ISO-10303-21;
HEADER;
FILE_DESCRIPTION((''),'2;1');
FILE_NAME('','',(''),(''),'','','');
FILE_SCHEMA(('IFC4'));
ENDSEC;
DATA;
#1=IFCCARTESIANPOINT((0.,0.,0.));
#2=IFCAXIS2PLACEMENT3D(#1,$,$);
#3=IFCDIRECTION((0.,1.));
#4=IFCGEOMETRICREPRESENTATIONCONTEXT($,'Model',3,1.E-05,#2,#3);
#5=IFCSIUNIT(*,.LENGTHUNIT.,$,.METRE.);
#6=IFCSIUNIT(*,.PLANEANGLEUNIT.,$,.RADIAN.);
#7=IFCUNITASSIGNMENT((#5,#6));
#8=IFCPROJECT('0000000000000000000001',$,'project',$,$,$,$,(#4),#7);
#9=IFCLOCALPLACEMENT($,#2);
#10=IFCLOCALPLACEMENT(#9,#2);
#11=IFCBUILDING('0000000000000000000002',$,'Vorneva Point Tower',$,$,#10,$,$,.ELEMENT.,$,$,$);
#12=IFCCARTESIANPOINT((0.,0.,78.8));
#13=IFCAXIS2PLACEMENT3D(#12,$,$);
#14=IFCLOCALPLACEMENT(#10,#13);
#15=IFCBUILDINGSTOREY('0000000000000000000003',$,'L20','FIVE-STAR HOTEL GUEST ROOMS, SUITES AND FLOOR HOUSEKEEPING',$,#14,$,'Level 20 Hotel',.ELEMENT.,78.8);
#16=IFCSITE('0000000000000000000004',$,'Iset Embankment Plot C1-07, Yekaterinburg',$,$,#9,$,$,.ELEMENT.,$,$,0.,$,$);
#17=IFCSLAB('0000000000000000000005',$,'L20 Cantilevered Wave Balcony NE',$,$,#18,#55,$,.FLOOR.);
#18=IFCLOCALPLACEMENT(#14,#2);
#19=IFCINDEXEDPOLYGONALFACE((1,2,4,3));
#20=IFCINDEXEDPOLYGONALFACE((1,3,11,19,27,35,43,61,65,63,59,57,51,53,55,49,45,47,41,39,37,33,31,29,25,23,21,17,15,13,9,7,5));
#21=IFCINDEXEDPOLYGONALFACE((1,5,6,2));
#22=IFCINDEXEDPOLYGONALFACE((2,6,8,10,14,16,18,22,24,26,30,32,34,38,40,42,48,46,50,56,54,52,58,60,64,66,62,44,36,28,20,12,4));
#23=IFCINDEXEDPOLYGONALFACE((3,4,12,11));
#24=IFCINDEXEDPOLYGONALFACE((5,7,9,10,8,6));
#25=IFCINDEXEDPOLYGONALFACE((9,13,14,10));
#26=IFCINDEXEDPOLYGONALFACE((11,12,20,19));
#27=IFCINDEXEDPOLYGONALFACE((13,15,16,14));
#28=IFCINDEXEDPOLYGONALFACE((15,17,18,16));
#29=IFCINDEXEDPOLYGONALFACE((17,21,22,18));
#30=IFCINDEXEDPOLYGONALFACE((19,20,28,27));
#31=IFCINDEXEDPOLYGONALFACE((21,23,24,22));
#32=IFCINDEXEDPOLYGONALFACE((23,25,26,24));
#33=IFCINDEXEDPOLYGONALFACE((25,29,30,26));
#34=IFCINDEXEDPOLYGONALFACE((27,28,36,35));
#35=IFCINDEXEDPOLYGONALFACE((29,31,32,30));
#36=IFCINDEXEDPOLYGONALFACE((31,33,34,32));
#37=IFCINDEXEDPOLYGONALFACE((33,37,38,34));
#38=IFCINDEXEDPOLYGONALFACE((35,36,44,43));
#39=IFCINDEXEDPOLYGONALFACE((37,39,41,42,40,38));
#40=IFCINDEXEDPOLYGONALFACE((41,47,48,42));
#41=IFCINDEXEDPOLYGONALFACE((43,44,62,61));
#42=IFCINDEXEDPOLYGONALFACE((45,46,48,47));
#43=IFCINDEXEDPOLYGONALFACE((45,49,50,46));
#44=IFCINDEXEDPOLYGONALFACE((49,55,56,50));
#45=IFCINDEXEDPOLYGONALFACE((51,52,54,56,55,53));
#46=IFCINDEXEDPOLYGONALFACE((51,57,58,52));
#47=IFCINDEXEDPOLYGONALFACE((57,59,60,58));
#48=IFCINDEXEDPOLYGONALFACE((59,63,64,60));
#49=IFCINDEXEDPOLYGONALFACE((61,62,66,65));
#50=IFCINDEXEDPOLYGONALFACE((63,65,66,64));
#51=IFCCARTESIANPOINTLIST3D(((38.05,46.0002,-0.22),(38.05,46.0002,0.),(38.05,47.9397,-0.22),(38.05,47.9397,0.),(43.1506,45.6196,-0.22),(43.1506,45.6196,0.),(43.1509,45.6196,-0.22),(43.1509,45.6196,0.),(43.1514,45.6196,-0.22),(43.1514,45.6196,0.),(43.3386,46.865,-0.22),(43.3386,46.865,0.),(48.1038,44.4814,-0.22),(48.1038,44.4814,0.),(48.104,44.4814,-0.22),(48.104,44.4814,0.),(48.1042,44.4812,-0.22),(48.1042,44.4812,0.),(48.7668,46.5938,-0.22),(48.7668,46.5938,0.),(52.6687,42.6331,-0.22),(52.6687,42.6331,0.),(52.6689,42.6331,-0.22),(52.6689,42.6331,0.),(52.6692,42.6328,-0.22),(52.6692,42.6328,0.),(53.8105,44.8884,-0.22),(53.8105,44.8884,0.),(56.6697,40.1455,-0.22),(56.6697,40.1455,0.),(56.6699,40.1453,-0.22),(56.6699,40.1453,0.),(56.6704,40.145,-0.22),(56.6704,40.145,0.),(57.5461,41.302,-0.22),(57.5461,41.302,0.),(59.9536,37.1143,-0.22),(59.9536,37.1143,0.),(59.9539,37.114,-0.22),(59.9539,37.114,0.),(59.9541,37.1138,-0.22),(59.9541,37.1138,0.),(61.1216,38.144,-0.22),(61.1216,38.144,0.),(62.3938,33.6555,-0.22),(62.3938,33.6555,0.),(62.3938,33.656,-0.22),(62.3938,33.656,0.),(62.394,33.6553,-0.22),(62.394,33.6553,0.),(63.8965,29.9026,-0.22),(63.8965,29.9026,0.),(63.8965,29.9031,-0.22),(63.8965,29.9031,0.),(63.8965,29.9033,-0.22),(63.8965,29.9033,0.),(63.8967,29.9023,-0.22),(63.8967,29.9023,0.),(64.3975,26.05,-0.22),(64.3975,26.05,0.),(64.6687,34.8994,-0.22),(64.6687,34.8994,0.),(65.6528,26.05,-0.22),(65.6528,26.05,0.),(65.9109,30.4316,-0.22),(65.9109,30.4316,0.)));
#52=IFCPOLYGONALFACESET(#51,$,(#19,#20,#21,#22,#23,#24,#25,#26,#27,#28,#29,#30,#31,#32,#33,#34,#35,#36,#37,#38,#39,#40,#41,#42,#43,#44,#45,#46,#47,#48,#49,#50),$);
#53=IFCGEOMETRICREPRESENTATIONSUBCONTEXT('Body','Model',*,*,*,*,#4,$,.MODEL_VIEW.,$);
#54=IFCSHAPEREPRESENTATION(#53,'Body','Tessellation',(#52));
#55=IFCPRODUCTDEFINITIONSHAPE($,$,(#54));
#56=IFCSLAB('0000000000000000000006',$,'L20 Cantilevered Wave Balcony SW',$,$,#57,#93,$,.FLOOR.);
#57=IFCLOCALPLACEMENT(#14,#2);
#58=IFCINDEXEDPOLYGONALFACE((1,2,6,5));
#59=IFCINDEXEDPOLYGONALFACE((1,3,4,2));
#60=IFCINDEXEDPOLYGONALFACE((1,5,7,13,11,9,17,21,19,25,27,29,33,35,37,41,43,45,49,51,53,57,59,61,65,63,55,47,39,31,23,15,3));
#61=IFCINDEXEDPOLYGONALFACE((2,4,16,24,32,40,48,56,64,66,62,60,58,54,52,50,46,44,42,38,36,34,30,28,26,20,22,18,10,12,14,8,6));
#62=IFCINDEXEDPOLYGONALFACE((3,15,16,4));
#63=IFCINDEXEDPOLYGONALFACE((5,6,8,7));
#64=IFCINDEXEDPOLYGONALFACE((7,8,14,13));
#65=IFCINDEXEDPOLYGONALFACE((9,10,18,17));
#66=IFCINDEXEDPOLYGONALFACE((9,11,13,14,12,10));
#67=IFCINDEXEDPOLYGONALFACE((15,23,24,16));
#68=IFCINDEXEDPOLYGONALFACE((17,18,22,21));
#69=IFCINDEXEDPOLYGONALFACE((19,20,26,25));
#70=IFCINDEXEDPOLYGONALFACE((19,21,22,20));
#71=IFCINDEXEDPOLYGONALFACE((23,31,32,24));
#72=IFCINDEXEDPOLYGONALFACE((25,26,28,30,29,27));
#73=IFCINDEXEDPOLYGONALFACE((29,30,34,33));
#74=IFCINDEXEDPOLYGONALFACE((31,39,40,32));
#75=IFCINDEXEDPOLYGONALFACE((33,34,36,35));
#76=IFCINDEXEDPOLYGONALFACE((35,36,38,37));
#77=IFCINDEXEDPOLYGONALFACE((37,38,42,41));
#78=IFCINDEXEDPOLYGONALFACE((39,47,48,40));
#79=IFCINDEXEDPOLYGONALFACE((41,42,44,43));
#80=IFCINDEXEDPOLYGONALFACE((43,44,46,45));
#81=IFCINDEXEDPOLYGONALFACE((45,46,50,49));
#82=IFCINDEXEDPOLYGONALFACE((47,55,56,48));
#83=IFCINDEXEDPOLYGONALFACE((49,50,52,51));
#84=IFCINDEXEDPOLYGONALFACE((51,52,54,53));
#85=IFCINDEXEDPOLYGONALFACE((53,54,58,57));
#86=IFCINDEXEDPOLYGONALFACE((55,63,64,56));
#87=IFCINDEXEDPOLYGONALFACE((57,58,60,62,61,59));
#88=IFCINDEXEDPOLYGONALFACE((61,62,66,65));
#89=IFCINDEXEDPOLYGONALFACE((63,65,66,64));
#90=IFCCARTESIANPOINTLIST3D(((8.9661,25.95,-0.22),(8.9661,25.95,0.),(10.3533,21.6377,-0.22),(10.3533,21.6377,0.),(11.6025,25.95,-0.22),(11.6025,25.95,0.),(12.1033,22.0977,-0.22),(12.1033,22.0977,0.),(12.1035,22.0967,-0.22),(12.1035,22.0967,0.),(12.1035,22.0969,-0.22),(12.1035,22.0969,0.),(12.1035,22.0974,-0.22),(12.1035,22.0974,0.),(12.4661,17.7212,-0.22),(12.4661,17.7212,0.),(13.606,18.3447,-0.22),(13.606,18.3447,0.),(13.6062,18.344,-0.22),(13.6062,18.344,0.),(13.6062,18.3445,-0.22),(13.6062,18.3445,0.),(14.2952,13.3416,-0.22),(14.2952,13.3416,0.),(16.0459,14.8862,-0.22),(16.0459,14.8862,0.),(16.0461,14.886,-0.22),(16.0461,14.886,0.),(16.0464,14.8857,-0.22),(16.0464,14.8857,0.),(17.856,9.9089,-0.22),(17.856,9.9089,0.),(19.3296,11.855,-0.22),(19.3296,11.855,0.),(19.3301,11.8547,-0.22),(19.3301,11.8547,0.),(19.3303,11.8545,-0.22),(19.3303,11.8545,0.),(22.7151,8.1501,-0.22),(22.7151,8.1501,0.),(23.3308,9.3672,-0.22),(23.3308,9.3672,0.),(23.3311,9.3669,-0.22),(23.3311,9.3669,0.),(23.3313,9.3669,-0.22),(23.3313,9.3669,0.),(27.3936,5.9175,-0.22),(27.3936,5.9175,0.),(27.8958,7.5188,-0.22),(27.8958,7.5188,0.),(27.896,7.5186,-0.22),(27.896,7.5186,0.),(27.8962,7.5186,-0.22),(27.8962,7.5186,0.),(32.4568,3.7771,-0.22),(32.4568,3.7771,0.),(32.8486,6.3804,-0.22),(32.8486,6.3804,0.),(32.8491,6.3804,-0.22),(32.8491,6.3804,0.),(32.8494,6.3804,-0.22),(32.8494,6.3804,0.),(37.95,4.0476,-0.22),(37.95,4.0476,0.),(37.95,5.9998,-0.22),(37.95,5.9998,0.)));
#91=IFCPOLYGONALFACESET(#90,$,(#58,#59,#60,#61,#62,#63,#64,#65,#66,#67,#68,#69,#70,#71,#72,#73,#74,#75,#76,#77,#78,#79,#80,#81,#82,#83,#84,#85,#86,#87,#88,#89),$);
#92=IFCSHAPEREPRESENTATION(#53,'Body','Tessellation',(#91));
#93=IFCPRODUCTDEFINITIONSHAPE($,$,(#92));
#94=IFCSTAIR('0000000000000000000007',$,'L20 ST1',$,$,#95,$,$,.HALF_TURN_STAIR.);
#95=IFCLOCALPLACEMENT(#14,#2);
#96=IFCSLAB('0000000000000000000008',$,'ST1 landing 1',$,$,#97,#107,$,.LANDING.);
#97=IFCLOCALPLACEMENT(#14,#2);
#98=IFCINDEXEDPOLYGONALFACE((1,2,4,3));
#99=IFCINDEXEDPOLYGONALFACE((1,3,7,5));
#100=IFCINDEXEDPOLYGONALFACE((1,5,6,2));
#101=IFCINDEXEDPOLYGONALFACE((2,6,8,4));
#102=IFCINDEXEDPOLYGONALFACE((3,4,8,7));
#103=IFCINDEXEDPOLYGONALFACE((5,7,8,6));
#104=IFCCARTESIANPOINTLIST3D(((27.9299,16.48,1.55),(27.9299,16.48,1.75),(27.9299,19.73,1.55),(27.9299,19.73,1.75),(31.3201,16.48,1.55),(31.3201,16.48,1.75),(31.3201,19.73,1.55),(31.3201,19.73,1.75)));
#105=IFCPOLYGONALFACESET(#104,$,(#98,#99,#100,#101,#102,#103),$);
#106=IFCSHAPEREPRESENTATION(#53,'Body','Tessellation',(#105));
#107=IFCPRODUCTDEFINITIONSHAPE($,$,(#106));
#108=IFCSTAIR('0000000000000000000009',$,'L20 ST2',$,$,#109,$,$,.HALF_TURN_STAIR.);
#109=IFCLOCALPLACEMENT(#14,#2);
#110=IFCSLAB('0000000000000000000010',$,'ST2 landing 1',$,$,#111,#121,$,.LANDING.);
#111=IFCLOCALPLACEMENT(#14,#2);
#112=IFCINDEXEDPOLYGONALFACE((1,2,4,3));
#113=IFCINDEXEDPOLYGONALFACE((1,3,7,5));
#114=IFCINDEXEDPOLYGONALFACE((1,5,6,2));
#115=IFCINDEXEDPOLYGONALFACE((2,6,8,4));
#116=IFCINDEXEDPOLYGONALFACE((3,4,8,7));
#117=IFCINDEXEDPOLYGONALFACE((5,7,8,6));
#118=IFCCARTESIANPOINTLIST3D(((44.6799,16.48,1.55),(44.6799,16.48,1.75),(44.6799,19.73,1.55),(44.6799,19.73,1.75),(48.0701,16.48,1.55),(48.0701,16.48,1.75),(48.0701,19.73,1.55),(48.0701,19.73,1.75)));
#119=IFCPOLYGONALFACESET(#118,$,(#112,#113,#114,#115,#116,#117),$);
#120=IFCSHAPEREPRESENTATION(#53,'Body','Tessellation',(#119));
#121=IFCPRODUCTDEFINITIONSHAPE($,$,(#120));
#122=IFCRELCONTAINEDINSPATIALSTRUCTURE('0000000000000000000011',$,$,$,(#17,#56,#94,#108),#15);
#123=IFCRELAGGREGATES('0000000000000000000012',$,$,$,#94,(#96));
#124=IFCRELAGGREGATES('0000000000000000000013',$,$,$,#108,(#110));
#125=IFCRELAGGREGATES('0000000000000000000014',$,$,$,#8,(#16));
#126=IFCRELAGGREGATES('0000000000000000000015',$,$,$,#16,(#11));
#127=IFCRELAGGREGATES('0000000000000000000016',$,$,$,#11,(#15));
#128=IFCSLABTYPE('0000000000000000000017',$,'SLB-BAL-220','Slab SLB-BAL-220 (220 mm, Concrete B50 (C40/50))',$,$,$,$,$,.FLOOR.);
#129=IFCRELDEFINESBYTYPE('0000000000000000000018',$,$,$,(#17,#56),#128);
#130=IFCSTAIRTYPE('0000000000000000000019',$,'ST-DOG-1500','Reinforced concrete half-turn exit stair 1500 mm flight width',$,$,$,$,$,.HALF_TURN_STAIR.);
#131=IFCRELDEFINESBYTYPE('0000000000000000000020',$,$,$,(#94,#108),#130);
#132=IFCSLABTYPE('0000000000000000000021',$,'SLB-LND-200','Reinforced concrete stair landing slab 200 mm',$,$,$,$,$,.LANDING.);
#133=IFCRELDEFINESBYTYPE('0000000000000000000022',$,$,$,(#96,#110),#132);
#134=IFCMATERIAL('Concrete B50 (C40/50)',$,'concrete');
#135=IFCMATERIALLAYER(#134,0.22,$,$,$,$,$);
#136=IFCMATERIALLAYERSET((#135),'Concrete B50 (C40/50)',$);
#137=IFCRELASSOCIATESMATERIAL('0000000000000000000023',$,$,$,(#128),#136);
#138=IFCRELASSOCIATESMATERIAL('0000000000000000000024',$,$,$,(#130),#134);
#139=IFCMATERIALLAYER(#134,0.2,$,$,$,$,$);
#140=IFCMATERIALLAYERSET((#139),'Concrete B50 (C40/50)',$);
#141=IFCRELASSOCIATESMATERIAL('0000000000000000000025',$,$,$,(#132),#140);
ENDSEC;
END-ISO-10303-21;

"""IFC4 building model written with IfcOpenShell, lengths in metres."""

from ifc_helpers import new_model, si_unit, direction, frame, origin, place, context, subcontext, project, spatial, polyline, outline, extrude, material, layer, layer_set, type_object, element, aggregate, save


model = new_model("IFC4")

# Units and contexts
model_context = context("Model", 3, precision=1e-05, world=origin(), true_north=direction((0.0, 1.0)))
body_context = subcontext(model_context, "Body", "Model", "MODEL_VIEW")
ifc_project = project(units=[si_unit("LENGTHUNIT", "METRE"), si_unit("PLANEANGLEUNIT", "RADIAN")], contexts=[model_context])

# Site, building, storey
site_placement = place(None, origin())
site = spatial("IfcSite", under=ifc_project, at=site_placement, Name="Iset Embankment Plot C1-07, Yekaterinburg", CompositionType="ELEMENT", RefElevation=0.0)
building_placement = place(site_placement, origin())
building = spatial("IfcBuilding", under=site, at=building_placement, Name="Vorneva Point Tower", CompositionType="ELEMENT")
storey_placement = place(building_placement, frame((0.0, 0.0, 78.8)))
storey = spatial("IfcBuildingStorey", under=building, at=storey_placement, Name="L20", Description="FIVE-STAR HOTEL GUEST ROOMS, SUITES AND FLOOR HOUSEKEEPING", LongName="Level 20 Hotel", CompositionType="ELEMENT", Elevation=78.8)

# Slabs
ifc_material_1 = material(Name="Concrete B50 (C40/50)", Category="concrete")
ifc_layer_1 = layer(ifc_material_1, 0.22)
ifc_layer_set_1 = layer_set([ifc_layer_1], Name="Concrete B50 (C40/50)")
slab_type_1 = type_object("IfcSlabType", Name="SLB-BAL-220", Description="Slab SLB-BAL-220 (220 mm, Concrete B50 (C40/50))", PredefinedType="FLOOR", material=ifc_layer_set_1)
slab_1_placement = place(storey_placement, frame((0.0, 0.0, -0.22)))
element("IfcSlab", 1, at=slab_1_placement, inside=storey, type_object=slab_type_1, Name="L20 Cantilevered Wave Balcony NE", PredefinedType="FLOOR", context=body_context, shape_type="SweptSolid", body=[
    extrude(outline(polyline([(38.05, 47.9397), (38.05, 46.0002), (43.1506, 45.6196), (43.1509, 45.6196), (43.1514, 45.6196), (48.1038, 44.4814), (48.104, 44.4814), (48.1042, 44.4812), (52.6687, 42.6331), (52.6689, 42.6331), (52.6692, 42.6328), (56.6697, 40.1455), (56.6699, 40.1453), (56.6704, 40.145), (59.9536, 37.1143), (59.9539, 37.114), (59.9541, 37.1138), (62.3938, 33.656), (62.3938, 33.6555), (62.394, 33.6553), (63.8965, 29.9033), (63.8965, 29.9031), (63.8965, 29.9026), (63.8967, 29.9023), (64.3975, 26.05), (65.6528, 26.05), (65.9109, 30.4316), (64.6687, 34.8994), (61.1216, 38.144), (57.5461, 41.302), (53.8105, 44.8884), (48.7668, 46.5938), (43.3386, 46.865), (38.05, 47.9397)])), origin(), (0.0, 0.0, 1.0), 0.22),
])
slab_2_placement = place(storey_placement, frame((0.0, 0.0, -0.22)))
element("IfcSlab", 2, at=slab_2_placement, inside=storey, type_object=slab_type_1, Name="L20 Cantilevered Wave Balcony SW", PredefinedType="FLOOR", context=body_context, shape_type="SweptSolid", body=[
    extrude(outline(polyline([(37.95, 4.0476), (37.95, 5.9998), (32.8494, 6.3804), (32.8491, 6.3804), (32.8486, 6.3804), (27.8962, 7.5186), (27.896, 7.5186), (27.8958, 7.5188), (23.3313, 9.3669), (23.3311, 9.3669), (23.3308, 9.3672), (19.3303, 11.8545), (19.3301, 11.8547), (19.3296, 11.855), (16.0464, 14.8857), (16.0461, 14.886), (16.0459, 14.8862), (13.6062, 18.344), (13.6062, 18.3445), (13.606, 18.3447), (12.1035, 22.0967), (12.1035, 22.0969), (12.1035, 22.0974), (12.1033, 22.0977), (11.6025, 25.95), (8.9661, 25.95), (10.3533, 21.6377), (12.4661, 17.7212), (14.2952, 13.3416), (17.856, 9.9089), (22.7151, 8.1501), (27.3936, 5.9175), (32.4568, 3.7771), (37.95, 4.0476)])), origin(), (0.0, 0.0, 1.0), 0.22),
])

# Stairs, slabs
stair_type = type_object("IfcStairType", Name="ST-DOG-1500", Description="Reinforced concrete half-turn exit stair 1500 mm flight width", PredefinedType="HALF_TURN_STAIR", material=ifc_material_1)
stair_1_placement = place(storey_placement, origin())
stair_1 = element("IfcStair", 3, at=stair_1_placement, inside=storey, type_object=stair_type, Name="L20 ST1", PredefinedType="HALF_TURN_STAIR")
ifc_layer_2 = layer(ifc_material_1, 0.2)
ifc_layer_set_2 = layer_set([ifc_layer_2], Name="Concrete B50 (C40/50)")
slab_type_2 = type_object("IfcSlabType", Name="SLB-LND-200", Description="Reinforced concrete stair landing slab 200 mm", PredefinedType="LANDING", material=ifc_layer_set_2)
slab_3_placement = place(storey_placement, frame((0.0, 0.0, 1.55)))
slab_3 = element("IfcSlab", 4, at=slab_3_placement, type_object=slab_type_2, Name="ST1 landing 1", PredefinedType="LANDING", context=body_context, shape_type="SweptSolid", body=[
    extrude(outline(polyline([(27.9299, 16.48), (31.3201, 16.48), (31.3201, 19.73), (27.9299, 19.73), (27.9299, 16.48)])), origin(), (0.0, 0.0, 1.0), 0.2),
])
aggregate(stair_1, [slab_3])
stair_2_placement = place(storey_placement, origin())
stair_2 = element("IfcStair", 5, at=stair_2_placement, inside=storey, type_object=stair_type, Name="L20 ST2", PredefinedType="HALF_TURN_STAIR")
slab_4_placement = place(storey_placement, frame((0.0, 0.0, 1.55)))
slab_4 = element("IfcSlab", 6, at=slab_4_placement, type_object=slab_type_2, Name="ST2 landing 1", PredefinedType="LANDING", context=body_context, shape_type="SweptSolid", body=[
    extrude(outline(polyline([(44.6799, 16.48), (48.0701, 16.48), (48.0701, 19.73), (44.6799, 19.73), (44.6799, 16.48)])), origin(), (0.0, 0.0, 1.0), 0.2),
])
aggregate(stair_2, [slab_4])

save(model, "model.ifc")
